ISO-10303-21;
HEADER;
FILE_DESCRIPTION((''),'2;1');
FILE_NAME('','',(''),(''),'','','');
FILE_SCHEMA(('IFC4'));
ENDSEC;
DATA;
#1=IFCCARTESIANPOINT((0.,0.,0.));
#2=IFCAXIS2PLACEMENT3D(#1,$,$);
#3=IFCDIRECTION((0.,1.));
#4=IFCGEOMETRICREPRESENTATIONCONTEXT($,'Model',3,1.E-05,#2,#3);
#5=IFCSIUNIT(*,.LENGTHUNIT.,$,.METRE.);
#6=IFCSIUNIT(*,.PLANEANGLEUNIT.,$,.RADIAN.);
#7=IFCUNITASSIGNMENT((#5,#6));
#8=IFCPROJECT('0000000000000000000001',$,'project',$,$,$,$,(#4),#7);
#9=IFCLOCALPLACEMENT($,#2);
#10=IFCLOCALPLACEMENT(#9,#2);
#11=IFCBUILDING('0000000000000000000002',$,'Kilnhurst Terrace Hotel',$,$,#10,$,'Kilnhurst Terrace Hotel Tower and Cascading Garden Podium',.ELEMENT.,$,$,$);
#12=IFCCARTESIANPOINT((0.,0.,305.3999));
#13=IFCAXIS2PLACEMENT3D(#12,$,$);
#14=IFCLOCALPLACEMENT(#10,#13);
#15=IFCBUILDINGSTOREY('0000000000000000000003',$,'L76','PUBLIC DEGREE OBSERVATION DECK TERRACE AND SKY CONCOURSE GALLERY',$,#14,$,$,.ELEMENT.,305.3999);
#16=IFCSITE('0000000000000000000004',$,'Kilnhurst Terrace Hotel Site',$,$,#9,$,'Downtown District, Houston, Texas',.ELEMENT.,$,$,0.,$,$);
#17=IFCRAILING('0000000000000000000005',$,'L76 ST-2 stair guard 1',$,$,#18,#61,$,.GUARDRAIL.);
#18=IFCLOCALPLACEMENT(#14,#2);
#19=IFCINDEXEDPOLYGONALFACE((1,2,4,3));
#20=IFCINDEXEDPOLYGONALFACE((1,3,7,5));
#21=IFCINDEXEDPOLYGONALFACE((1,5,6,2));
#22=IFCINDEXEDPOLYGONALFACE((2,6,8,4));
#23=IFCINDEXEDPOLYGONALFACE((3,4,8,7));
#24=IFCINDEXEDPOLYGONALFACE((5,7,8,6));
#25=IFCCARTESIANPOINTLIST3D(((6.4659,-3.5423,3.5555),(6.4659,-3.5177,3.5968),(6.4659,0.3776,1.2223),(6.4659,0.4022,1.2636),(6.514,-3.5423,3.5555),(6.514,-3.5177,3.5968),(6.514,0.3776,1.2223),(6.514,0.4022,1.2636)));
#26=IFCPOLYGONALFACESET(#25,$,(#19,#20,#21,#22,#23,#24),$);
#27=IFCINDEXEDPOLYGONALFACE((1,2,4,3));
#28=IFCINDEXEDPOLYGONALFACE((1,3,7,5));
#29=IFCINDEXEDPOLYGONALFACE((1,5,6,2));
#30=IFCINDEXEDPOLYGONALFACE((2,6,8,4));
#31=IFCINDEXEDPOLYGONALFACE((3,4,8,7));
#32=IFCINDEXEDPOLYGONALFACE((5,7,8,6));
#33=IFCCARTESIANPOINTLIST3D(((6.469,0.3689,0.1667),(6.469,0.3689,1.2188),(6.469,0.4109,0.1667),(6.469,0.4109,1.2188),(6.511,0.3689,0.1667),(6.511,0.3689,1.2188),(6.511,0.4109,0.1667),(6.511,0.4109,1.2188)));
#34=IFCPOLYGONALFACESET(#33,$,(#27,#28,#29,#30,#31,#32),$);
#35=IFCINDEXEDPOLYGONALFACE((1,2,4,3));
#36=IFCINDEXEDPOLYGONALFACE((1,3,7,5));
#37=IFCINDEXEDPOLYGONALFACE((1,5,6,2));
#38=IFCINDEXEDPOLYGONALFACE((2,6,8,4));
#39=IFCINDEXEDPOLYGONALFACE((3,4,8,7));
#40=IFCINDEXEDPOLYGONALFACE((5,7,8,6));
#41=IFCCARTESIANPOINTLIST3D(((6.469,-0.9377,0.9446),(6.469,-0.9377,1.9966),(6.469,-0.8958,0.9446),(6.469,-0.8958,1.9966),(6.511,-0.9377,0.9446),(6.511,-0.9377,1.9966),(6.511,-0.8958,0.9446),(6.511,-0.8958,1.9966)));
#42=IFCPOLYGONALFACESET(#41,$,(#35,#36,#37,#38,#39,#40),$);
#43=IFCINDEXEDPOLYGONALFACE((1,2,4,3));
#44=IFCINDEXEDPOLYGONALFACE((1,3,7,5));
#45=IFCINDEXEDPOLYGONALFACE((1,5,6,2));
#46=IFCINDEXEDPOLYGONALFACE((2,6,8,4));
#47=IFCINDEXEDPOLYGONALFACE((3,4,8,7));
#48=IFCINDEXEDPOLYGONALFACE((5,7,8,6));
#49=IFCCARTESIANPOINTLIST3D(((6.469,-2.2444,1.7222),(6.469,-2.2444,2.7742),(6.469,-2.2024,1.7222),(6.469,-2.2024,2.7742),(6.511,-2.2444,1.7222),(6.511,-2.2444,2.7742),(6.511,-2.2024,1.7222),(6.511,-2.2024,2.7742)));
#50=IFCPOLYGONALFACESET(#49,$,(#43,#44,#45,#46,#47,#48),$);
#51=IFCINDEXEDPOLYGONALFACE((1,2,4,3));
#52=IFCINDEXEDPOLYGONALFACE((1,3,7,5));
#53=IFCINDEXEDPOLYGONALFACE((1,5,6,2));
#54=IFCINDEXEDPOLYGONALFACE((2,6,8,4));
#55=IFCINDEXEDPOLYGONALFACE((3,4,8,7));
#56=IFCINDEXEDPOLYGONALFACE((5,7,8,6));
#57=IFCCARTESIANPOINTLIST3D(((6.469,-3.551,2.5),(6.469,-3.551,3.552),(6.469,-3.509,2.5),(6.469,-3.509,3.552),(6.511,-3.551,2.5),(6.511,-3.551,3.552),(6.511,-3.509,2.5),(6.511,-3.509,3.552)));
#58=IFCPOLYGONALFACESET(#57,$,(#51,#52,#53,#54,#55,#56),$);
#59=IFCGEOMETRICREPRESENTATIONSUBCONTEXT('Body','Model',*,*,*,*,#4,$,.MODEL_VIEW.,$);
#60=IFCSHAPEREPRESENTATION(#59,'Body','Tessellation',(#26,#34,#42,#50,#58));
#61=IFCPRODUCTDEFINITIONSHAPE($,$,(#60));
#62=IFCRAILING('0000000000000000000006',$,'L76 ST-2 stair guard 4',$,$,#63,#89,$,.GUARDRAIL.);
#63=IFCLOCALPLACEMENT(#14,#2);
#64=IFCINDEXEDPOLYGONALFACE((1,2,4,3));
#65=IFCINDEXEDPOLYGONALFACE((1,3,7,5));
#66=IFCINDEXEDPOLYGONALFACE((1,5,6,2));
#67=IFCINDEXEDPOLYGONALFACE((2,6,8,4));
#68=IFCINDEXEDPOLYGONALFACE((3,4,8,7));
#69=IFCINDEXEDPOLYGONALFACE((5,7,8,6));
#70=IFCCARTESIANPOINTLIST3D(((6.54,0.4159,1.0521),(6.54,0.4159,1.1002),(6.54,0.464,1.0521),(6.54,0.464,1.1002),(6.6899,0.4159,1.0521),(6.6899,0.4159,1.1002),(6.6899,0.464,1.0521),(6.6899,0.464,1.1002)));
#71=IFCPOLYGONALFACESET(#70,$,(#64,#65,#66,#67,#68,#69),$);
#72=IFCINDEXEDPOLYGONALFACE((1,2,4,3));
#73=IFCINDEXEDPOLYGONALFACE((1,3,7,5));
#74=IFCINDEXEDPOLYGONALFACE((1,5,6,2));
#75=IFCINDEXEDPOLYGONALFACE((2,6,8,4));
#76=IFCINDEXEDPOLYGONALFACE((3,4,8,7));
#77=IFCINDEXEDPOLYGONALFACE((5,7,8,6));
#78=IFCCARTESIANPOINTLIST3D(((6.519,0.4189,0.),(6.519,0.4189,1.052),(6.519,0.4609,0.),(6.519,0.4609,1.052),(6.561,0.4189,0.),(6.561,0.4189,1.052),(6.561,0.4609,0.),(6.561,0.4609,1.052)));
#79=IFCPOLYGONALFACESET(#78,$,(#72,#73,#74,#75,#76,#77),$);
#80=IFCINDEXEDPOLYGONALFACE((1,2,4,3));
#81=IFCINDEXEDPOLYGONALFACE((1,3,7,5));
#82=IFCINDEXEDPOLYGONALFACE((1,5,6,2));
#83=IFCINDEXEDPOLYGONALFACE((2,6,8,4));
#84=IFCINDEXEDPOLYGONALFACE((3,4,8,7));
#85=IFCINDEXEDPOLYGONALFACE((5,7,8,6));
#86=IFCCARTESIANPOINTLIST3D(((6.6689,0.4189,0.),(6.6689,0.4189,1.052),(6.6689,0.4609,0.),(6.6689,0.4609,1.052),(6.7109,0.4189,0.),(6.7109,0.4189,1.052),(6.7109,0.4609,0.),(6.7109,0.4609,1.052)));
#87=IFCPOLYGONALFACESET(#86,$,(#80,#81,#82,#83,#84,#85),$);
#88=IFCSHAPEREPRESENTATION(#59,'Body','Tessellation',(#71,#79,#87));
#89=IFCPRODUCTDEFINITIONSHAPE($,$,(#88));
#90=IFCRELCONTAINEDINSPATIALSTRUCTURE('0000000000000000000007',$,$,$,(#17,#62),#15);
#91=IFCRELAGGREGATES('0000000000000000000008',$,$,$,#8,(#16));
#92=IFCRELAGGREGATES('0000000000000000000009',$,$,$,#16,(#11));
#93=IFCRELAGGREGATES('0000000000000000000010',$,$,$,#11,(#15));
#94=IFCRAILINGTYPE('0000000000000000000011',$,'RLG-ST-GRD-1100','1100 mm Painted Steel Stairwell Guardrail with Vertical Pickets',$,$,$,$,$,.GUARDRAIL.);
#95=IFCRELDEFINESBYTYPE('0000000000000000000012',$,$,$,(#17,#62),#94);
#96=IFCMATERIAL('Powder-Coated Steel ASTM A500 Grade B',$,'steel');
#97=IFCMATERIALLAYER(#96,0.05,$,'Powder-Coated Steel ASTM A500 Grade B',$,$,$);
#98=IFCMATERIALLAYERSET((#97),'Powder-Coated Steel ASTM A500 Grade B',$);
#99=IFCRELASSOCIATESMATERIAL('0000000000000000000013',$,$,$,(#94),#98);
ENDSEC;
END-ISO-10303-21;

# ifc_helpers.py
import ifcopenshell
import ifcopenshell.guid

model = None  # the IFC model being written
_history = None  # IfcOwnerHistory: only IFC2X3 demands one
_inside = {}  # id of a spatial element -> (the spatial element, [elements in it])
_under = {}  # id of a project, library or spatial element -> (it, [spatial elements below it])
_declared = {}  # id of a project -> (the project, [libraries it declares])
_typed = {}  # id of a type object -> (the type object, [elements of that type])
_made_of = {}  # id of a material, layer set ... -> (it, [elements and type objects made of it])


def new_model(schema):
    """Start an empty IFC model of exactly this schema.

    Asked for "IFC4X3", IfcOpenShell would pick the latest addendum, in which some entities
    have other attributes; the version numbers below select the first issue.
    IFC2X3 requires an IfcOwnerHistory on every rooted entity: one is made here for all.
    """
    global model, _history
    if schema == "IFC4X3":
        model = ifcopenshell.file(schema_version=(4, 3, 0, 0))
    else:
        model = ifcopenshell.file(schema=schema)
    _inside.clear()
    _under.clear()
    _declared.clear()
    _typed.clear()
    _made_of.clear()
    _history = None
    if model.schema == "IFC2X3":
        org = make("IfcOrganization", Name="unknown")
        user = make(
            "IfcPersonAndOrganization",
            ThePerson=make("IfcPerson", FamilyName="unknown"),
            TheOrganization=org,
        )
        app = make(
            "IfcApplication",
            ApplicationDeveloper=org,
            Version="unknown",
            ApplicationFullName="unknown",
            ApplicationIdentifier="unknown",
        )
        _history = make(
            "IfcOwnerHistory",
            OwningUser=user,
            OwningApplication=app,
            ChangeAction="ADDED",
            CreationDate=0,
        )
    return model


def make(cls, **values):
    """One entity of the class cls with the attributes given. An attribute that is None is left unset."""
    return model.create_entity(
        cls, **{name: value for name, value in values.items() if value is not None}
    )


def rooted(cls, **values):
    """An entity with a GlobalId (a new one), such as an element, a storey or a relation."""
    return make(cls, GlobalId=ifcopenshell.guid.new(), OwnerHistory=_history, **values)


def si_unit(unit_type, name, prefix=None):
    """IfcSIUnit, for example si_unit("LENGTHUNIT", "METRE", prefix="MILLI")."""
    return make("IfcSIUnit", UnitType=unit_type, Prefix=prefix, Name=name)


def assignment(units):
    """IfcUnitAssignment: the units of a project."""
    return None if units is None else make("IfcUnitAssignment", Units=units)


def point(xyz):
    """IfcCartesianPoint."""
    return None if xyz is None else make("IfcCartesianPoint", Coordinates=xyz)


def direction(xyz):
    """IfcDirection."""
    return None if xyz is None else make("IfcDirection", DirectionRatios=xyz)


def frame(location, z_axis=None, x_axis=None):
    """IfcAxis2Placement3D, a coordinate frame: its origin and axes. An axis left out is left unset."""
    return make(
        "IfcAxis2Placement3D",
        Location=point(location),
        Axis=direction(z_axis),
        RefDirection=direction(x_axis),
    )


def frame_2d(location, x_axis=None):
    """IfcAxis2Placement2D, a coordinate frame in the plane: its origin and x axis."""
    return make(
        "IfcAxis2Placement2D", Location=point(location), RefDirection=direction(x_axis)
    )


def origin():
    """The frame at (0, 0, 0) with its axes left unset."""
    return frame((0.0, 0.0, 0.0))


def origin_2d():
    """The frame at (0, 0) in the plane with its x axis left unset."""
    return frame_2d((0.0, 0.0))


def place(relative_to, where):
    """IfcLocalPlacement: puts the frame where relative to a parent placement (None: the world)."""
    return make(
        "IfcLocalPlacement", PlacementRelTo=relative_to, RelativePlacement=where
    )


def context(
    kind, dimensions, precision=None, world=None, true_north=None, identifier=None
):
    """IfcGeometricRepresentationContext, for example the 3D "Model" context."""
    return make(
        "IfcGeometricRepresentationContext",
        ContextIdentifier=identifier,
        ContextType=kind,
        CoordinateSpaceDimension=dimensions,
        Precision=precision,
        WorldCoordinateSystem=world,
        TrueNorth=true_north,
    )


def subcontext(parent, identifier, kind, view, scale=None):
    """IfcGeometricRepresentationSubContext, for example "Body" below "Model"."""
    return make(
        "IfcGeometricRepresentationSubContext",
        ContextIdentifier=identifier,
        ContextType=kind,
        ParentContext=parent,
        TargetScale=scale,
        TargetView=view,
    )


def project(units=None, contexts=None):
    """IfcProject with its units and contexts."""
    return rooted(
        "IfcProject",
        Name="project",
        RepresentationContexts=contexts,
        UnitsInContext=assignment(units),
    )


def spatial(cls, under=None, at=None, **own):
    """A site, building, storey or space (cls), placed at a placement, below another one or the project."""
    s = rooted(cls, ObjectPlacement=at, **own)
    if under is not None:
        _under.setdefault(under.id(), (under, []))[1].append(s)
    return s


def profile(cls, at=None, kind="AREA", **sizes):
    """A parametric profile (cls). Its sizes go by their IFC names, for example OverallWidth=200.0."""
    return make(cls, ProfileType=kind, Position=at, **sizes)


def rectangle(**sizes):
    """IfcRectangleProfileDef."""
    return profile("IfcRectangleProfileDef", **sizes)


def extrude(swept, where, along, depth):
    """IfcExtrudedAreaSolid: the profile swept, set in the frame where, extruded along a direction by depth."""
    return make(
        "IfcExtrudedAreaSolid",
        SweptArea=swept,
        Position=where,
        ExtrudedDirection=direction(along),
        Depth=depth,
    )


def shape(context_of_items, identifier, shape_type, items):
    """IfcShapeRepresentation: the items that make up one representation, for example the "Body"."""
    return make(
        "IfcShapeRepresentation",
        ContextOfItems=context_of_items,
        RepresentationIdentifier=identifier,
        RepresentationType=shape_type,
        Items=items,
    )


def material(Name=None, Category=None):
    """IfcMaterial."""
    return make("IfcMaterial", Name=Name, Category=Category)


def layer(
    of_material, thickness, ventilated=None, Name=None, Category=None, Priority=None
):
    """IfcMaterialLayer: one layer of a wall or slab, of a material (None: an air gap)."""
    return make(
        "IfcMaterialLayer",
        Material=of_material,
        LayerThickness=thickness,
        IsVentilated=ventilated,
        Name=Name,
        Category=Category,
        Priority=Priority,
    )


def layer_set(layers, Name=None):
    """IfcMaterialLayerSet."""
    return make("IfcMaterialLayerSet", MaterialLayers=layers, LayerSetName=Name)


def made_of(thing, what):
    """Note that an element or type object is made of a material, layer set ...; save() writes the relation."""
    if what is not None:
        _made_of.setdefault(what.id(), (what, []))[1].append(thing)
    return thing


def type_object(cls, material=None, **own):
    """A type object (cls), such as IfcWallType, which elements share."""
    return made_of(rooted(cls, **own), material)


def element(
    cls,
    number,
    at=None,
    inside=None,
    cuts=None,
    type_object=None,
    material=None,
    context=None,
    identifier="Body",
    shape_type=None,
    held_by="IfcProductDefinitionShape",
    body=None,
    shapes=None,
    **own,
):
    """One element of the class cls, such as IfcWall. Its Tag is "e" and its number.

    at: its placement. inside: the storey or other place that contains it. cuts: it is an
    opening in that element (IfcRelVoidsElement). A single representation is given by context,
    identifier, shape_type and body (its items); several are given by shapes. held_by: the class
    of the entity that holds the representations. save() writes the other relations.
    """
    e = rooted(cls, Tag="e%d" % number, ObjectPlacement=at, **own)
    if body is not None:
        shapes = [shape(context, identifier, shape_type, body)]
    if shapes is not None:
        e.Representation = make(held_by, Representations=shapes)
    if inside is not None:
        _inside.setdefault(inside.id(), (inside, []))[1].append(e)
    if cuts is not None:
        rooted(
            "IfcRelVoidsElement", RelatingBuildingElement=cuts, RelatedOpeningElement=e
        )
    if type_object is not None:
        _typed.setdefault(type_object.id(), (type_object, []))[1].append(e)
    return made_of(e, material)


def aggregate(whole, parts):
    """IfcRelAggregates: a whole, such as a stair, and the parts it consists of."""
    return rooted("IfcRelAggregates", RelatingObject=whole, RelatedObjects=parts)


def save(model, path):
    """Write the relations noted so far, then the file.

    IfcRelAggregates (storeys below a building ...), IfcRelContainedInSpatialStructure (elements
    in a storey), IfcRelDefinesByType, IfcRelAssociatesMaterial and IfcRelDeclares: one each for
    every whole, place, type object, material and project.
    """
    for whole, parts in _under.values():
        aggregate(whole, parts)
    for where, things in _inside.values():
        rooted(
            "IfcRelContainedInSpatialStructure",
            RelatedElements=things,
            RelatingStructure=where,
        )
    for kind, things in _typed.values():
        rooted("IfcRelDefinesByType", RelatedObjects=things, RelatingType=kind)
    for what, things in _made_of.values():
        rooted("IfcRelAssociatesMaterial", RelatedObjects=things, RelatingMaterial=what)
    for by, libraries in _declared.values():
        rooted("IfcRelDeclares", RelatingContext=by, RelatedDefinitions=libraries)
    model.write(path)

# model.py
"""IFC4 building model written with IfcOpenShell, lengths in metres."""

from ifc_helpers import new_model, si_unit, direction, frame, origin, origin_2d, place, context, subcontext, project, spatial, rectangle, extrude, material, layer, layer_set, type_object, element, save


model = new_model("IFC4")

# Units and contexts
model_context = context("Model", 3, precision=1e-05, world=origin(), true_north=direction((0.0, 1.0)))
body_context = subcontext(model_context, "Body", "Model", "MODEL_VIEW")
ifc_project = project(units=[si_unit("LENGTHUNIT", "METRE"), si_unit("PLANEANGLEUNIT", "RADIAN")], contexts=[model_context])

# Site, building, storey
site_placement = place(None, origin())
site = spatial("IfcSite", under=ifc_project, at=site_placement, Name="Kilnhurst Terrace Hotel Site", LongName="Downtown District, Houston, Texas", CompositionType="ELEMENT", RefElevation=0.0)
building_placement = place(site_placement, origin())
building = spatial("IfcBuilding", under=site, at=building_placement, Name="Kilnhurst Terrace Hotel", LongName="Kilnhurst Terrace Hotel Tower and Cascading Garden Podium", CompositionType="ELEMENT")
storey_placement = place(building_placement, frame((0.0, 0.0, 305.3999)))
storey = spatial("IfcBuildingStorey", under=building, at=storey_placement, Name="L76", Description="PUBLIC DEGREE OBSERVATION DECK TERRACE AND SKY CONCOURSE GALLERY", CompositionType="ELEMENT", Elevation=305.3999)

# Railings
ifc_material_1 = material(Name="Powder-Coated Steel ASTM A500 Grade B", Category="steel")
ifc_layer_1 = layer(ifc_material_1, 0.05, Name="Powder-Coated Steel ASTM A500 Grade B")
ifc_layer_set_1 = layer_set([ifc_layer_1], Name="Powder-Coated Steel ASTM A500 Grade B")
railing_type = type_object("IfcRailingType", Name="RLG-ST-GRD-1100", Description="1100 mm Painted Steel Stairwell Guardrail with Vertical Pickets", PredefinedType="GUARDRAIL", material=ifc_layer_set_1)
railing_1_placement = place(storey_placement, frame((6.49, 0.3899, 0.1667)))
element("IfcRailing", 1, at=railing_1_placement, inside=storey, type_object=railing_type, Name="L76 ST-2 stair guard 1", PredefinedType="GUARDRAIL", context=body_context, shape_type="SweptSolid", body=[
    extrude(rectangle(XDim=0.0481, YDim=0.0481, at=origin_2d()), frame((0.0, 0.0, 1.0762), z_axis=(0.0, -0.859296, 0.511478), x_axis=(1.0, 0.0, 0.0)), (0.0, 0.0, 1.0), 4.5618),
    extrude(rectangle(XDim=0.042, YDim=0.042, at=origin_2d()), origin(), (0.0, 0.0, 1.0), 1.052),
    extrude(rectangle(XDim=0.042, YDim=0.042, at=origin_2d()), frame((0.0, -1.3066, 0.7778)), (0.0, 0.0, 1.0), 1.052),
    extrude(rectangle(XDim=0.042, YDim=0.042, at=origin_2d()), frame((0.0, -2.6133, 1.5554)), (0.0, 0.0, 1.0), 1.052),
    extrude(rectangle(XDim=0.042, YDim=0.042, at=origin_2d()), frame((0.0, -3.9199, 2.3333)), (0.0, 0.0, 1.0), 1.052),
])
railing_2_placement = place(storey_placement, frame((6.54, 0.4399, 0.0)))
element("IfcRailing", 2, at=railing_2_placement, inside=storey, type_object=railing_type, Name="L76 ST-2 stair guard 4", PredefinedType="GUARDRAIL", context=body_context, shape_type="SweptSolid", body=[
    extrude(rectangle(XDim=0.0481, YDim=0.0481, at=origin_2d()), frame((0.0, 0.0, 1.0762), z_axis=(1.0, 0.0, 0.0), x_axis=(0.0, 1.0, 0.0)), (0.0, 0.0, 1.0), 0.1499),
    extrude(rectangle(XDim=0.042, YDim=0.042, at=origin_2d()), origin(), (0.0, 0.0, 1.0), 1.052),
    extrude(rectangle(XDim=0.042, YDim=0.042, at=origin_2d()), frame((0.1499, 0.0, 0.0)), (0.0, 0.0, 1.0), 1.052),
])

save(model, "model.ifc")
